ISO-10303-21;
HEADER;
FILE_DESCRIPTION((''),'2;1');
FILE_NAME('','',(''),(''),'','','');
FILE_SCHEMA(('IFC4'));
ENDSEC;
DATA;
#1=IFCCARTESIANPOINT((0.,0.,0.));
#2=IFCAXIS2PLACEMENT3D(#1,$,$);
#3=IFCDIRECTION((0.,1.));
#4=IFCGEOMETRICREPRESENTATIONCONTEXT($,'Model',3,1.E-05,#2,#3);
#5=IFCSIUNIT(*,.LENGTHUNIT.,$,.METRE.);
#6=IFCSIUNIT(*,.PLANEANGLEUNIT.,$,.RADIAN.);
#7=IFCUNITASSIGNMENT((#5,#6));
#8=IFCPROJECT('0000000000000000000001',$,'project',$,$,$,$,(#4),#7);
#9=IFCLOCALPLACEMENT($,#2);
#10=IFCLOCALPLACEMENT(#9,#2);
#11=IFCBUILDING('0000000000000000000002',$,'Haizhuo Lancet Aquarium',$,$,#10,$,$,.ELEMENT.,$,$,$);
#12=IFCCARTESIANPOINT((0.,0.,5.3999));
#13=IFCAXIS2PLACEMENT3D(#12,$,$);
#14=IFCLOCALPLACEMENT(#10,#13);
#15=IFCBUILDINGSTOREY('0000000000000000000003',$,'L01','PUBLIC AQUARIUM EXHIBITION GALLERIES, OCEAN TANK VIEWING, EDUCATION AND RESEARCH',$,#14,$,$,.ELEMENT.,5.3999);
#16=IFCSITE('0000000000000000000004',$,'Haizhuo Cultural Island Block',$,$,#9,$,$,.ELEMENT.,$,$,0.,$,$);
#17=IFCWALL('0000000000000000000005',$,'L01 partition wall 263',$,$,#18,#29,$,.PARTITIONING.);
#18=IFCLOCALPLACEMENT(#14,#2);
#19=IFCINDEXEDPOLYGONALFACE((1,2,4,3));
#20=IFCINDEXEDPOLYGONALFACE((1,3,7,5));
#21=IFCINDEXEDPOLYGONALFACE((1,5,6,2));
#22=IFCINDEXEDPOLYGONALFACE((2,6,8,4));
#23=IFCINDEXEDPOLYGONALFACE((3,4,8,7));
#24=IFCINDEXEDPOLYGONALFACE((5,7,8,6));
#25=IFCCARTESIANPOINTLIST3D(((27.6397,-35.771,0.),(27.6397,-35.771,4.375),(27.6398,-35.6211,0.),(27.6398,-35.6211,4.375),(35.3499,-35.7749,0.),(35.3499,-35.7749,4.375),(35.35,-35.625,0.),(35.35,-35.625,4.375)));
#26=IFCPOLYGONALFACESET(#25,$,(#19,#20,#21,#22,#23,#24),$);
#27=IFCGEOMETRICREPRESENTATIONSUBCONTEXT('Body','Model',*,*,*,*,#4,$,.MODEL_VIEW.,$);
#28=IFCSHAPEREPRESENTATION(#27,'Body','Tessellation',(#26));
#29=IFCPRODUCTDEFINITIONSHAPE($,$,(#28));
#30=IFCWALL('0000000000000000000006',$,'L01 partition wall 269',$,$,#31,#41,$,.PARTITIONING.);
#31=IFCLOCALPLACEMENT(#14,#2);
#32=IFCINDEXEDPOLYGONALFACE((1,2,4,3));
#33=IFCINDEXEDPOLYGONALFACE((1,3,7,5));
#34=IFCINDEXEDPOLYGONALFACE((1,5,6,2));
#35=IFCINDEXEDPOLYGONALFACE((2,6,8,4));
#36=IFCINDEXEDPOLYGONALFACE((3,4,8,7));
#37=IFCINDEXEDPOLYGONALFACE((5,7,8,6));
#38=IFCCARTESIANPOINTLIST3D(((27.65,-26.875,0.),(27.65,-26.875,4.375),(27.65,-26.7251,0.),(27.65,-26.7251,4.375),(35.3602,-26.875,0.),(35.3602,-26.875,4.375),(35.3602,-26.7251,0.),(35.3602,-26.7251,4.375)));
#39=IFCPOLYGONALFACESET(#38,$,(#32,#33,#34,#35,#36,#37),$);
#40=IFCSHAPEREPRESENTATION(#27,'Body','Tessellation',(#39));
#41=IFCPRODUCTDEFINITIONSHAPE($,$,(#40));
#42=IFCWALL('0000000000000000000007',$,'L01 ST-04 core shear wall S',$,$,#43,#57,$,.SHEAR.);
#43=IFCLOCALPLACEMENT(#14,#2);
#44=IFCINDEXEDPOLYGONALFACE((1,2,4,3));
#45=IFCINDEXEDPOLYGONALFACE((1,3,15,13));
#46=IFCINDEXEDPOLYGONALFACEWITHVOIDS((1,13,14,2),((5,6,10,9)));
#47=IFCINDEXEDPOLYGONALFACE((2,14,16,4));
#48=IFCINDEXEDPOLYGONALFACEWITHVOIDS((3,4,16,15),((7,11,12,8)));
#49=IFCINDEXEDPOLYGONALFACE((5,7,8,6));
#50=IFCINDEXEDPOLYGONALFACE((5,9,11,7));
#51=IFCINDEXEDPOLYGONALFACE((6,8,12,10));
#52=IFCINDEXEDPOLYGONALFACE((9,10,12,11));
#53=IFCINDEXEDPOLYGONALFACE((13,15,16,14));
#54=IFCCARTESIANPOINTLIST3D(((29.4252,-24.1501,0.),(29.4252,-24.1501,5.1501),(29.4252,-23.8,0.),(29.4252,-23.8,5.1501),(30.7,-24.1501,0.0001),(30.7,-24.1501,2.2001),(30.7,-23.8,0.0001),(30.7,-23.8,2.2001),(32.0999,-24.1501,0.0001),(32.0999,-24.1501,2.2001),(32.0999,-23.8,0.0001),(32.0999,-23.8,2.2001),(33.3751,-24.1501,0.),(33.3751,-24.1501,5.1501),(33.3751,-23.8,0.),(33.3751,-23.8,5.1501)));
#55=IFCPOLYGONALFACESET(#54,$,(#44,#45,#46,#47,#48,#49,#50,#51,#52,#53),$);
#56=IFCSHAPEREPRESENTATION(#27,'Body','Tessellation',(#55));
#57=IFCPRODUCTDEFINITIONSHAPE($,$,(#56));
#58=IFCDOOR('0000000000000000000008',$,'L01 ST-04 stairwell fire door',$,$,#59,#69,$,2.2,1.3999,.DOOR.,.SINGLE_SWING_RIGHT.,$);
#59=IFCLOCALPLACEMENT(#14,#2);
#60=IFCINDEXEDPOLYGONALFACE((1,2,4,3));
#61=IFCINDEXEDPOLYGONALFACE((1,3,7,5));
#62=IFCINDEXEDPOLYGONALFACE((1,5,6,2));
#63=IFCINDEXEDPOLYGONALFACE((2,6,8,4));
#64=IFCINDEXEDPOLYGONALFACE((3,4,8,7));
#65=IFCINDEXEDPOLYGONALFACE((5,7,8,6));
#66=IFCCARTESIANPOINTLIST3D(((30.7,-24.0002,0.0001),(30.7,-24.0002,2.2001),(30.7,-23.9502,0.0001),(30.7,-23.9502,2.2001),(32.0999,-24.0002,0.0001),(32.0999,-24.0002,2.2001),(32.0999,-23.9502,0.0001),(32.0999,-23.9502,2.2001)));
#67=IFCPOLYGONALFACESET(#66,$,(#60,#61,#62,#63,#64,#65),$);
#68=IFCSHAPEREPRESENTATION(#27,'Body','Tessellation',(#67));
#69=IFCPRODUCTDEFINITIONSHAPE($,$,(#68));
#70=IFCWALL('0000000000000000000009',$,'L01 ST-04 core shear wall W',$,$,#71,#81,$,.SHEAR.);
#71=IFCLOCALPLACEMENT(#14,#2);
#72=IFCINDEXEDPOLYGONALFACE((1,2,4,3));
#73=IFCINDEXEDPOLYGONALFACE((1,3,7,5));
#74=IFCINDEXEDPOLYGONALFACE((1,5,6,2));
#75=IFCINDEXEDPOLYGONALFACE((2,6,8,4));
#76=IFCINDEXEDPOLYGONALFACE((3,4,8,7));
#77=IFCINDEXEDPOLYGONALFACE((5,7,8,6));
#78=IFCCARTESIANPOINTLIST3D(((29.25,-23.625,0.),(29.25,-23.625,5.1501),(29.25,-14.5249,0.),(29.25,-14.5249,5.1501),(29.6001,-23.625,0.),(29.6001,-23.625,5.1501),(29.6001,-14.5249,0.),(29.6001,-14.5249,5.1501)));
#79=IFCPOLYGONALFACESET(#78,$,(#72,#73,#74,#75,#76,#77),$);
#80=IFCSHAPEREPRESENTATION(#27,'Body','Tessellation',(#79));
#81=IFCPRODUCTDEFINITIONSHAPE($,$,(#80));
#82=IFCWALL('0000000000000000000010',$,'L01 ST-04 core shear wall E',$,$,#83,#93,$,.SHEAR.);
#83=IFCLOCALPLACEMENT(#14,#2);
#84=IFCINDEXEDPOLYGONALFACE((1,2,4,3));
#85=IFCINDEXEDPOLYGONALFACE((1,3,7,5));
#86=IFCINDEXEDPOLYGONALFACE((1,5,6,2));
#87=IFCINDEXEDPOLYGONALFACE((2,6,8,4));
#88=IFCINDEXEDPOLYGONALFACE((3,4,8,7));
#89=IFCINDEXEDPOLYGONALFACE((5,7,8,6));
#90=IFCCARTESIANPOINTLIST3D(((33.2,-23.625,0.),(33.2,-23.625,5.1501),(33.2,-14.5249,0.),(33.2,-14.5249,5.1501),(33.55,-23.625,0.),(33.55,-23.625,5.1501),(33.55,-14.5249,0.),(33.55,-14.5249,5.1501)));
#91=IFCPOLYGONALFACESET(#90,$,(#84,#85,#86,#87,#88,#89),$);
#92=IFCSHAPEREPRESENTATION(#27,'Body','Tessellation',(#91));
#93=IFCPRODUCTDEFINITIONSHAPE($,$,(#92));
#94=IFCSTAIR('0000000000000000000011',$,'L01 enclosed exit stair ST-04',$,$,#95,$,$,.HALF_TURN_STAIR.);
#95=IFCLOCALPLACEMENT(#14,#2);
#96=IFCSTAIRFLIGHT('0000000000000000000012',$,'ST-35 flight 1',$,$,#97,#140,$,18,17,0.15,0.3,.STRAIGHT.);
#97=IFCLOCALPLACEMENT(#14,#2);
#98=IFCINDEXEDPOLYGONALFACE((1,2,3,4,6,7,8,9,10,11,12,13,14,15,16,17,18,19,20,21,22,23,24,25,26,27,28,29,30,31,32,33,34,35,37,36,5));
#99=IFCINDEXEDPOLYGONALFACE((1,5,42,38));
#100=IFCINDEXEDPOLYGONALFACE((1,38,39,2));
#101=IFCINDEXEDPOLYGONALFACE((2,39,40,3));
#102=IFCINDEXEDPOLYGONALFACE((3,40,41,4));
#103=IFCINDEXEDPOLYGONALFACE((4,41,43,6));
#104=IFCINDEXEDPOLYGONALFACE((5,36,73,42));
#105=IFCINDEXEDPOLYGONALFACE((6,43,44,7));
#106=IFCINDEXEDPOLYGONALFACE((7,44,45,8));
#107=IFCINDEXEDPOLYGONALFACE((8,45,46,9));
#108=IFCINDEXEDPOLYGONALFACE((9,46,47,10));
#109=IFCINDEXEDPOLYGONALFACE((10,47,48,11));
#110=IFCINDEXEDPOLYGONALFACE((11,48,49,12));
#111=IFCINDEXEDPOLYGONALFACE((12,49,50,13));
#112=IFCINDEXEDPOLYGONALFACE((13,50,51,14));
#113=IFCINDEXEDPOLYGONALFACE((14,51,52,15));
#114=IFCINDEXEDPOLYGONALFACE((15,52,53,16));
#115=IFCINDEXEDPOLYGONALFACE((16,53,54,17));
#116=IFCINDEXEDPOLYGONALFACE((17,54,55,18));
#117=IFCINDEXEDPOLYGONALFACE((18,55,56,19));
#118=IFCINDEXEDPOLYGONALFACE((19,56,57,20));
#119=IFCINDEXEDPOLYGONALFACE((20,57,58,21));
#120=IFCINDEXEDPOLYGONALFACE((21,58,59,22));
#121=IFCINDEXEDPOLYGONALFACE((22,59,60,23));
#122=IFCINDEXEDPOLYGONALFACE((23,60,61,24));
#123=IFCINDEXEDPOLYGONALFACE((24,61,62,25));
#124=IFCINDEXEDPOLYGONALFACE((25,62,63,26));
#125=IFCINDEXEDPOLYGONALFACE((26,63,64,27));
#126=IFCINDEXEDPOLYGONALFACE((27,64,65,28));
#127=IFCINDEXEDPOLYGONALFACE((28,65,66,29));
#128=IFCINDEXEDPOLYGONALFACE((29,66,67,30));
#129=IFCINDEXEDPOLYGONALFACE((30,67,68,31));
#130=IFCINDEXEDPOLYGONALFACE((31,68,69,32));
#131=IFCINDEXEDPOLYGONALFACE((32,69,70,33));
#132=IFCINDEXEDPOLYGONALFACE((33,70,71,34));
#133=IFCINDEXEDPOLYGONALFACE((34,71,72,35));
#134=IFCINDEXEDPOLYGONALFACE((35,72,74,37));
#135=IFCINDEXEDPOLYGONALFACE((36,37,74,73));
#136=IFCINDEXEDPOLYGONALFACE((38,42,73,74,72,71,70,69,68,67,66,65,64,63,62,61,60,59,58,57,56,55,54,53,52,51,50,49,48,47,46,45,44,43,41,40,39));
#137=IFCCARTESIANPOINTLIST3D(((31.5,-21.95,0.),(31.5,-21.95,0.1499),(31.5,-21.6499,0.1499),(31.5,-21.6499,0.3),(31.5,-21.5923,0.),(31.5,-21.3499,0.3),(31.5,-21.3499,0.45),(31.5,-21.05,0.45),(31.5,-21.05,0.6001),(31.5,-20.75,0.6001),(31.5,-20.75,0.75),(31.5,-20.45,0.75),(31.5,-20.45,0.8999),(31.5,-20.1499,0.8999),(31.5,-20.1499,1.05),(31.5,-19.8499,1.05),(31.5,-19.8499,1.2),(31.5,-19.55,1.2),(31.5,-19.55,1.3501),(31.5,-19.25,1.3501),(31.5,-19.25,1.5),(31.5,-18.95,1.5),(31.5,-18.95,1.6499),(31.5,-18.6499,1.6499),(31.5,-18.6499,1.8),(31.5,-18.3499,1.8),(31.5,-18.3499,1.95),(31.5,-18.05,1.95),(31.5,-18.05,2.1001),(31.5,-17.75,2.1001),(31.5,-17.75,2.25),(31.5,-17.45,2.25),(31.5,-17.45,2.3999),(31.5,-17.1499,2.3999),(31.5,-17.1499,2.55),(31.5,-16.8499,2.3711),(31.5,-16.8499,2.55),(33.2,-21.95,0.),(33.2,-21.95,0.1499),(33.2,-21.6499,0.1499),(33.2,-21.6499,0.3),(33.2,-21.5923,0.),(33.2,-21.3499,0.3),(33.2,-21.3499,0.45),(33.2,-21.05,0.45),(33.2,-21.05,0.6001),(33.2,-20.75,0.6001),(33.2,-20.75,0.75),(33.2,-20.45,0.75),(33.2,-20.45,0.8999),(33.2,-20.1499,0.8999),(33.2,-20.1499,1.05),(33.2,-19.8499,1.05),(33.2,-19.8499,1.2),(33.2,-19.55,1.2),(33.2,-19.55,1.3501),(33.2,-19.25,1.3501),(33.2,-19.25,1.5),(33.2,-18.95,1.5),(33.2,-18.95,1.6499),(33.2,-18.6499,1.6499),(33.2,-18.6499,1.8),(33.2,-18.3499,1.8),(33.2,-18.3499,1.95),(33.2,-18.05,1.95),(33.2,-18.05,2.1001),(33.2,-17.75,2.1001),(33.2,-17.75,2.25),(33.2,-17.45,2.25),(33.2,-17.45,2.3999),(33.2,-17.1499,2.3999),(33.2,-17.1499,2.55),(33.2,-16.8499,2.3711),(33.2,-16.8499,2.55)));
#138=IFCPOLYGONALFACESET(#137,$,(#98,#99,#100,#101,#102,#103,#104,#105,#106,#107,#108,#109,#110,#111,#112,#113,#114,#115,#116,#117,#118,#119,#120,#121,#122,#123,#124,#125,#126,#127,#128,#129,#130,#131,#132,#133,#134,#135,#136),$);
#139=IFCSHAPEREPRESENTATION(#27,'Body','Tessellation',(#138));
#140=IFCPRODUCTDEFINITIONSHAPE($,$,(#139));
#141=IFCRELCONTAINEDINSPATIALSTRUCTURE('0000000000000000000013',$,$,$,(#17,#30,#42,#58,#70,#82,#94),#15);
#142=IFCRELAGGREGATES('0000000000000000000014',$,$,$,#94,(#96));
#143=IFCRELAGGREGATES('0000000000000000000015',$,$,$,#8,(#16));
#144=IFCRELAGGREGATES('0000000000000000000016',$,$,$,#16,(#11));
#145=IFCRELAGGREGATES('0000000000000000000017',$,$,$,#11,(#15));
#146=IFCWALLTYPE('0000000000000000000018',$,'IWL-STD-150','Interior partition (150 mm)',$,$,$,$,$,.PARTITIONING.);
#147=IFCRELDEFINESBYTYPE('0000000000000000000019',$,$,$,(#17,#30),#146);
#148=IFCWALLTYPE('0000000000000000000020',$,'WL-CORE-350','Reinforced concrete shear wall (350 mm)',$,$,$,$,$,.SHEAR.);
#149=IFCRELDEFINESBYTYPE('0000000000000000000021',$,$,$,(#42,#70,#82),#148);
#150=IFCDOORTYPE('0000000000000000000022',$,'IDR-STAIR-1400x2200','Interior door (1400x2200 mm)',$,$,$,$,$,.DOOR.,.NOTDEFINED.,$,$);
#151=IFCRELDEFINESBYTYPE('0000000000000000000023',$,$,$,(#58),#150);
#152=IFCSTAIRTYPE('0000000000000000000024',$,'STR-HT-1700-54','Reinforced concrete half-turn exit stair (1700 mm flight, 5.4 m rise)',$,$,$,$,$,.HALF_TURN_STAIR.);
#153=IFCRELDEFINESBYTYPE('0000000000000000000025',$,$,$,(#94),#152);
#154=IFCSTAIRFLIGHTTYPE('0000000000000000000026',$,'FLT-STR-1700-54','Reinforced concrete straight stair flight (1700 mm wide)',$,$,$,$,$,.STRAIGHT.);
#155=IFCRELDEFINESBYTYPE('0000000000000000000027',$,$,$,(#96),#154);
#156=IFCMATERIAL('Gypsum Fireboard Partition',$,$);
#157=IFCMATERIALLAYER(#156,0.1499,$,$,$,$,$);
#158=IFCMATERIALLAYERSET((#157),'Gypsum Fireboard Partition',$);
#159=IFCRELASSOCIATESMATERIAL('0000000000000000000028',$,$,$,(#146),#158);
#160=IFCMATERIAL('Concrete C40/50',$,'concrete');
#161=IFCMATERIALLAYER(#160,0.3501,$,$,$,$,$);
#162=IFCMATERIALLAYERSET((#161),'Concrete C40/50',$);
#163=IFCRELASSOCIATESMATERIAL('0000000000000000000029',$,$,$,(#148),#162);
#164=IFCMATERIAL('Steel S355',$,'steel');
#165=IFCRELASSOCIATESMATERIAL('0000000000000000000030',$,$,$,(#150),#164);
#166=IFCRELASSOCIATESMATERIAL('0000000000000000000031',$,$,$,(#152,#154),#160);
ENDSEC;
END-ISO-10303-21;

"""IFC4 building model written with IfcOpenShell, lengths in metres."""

from ifc_helpers import new_model, si_unit, direction, frame, frame_2d, origin, place, context, subcontext, project, spatial, polyline, rectangle, outline, extrude, material, layer, layer_set, type_object, element, fill, aggregate, save


model = new_model("IFC4")

# Units and contexts
model_context = context("Model", 3, precision=1e-05, world=origin(), true_north=direction((0.0, 1.0)))
body_context = subcontext(model_context, "Body", "Model", "MODEL_VIEW")
ifc_project = project(units=[si_unit("LENGTHUNIT", "METRE"), si_unit("PLANEANGLEUNIT", "RADIAN")], contexts=[model_context])

# Site, building, storey
site_placement = place(None, origin())
site = spatial("IfcSite", under=ifc_project, at=site_placement, Name="Haizhuo Cultural Island Block", CompositionType="ELEMENT", RefElevation=0.0)
building_placement = place(site_placement, origin())
building = spatial("IfcBuilding", under=site, at=building_placement, Name="Haizhuo Lancet Aquarium", CompositionType="ELEMENT")
storey_placement = place(building_placement, frame((0.0, 0.0, 5.3999)))
storey = spatial("IfcBuildingStorey", under=building, at=storey_placement, Name="L01", Description="PUBLIC AQUARIUM EXHIBITION GALLERIES, OCEAN TANK VIEWING, EDUCATION AND RESEARCH", CompositionType="ELEMENT", Elevation=5.3999)

# Shared definitions
ifc_material_1 = material(Name="Concrete C40/50", Category="concrete")

# Shared definitions
ifc_material_2 = material(Name="Steel S355", Category="steel")

# Walls
ifc_material_3 = material(Name="Gypsum Fireboard Partition")
ifc_layer_1 = layer(ifc_material_3, 0.1499)
ifc_layer_set_1 = layer_set([ifc_layer_1], Name="Gypsum Fireboard Partition")
wall_type_1 = type_object("IfcWallType", Name="IWL-STD-150", Description="Interior partition (150 mm)", PredefinedType="PARTITIONING", material=ifc_layer_set_1)
for number, where, z_axis, x_axis, name in (
    (1, (27.6399, -35.696, 0.0), (0.0, 0.0, 1.0), (1.0, -0.000507, 0.0), "L01 partition wall 263"),
    (2, (35.3601, -26.8, 0.0), (0.0, 0.0, 1.0), (-1.0, 0.0, 0.0), "L01 partition wall 269"),
):
    element("IfcWall", number, at=place(storey_placement, frame(where, z_axis=z_axis, x_axis=x_axis)), inside=storey, type_object=wall_type_1, Name=name, PredefinedType="PARTITIONING", context=body_context, shape_type="SweptSolid", body=[
        extrude(rectangle(XDim=7.7102, YDim=0.1499, at=frame_2d((3.855, 0.0))), origin(), (0.0, 0.0, 1.0), 4.375),
    ])

# Wall, opening, door
ifc_layer_2 = layer(ifc_material_1, 0.3501)
ifc_layer_set_2 = layer_set([ifc_layer_2], Name="Concrete C40/50")
wall_type_2 = type_object("IfcWallType", Name="WL-CORE-350", Description="Reinforced concrete shear wall (350 mm)", PredefinedType="SHEAR", material=ifc_layer_set_2)
wall_1_placement = place(storey_placement, frame((29.425, -23.9751, 0.0), z_axis=(0.0, 0.0, 1.0), x_axis=(1.0, 0.0, 0.0)))
wall_1 = element("IfcWall", 3, at=wall_1_placement, inside=storey, type_object=wall_type_2, Name="L01 ST-04 core shear wall S", PredefinedType="SHEAR", context=body_context, shape_type="SweptSolid", body=[
    extrude(rectangle(XDim=3.95, YDim=0.3501, at=frame_2d((1.9751, 0.0))), origin(), (0.0, 0.0, 1.0), 5.1501),
])
opening_1_placement = place(wall_1_placement, frame((1.2749, 0.0, 0.0)))
opening_1 = element("IfcOpeningElement", 4, at=opening_1_placement, cuts=wall_1, PredefinedType="OPENING", context=body_context, shape_type="SweptSolid", body=[
    extrude(rectangle(XDim=1.3999, YDim=2.2, at=frame_2d((0.7, 1.1001))), frame((0.0, 0.1851, 0.0), z_axis=(0.0, -1.0, 0.0), x_axis=(1.0, 0.0, 0.0)), (0.0, 0.0, 1.0), 0.3701),
])
door_type_1 = type_object("IfcDoorType", Name="IDR-STAIR-1400x2200", Description="Interior door (1400x2200 mm)", OperationType="NOTDEFINED", PredefinedType="DOOR", material=ifc_material_2)
door_1_placement = place(opening_1_placement, origin())
door_1 = element("IfcDoor", 5, at=door_1_placement, inside=storey, type_object=door_type_1, Name="L01 ST-04 stairwell fire door", OperationType="SINGLE_SWING_RIGHT", OverallHeight=2.2, OverallWidth=1.3999, PredefinedType="DOOR", context=body_context, shape_type="SweptSolid", body=[
    extrude(rectangle(XDim=1.3999, YDim=2.2, at=frame_2d((0.7, 1.1001))), frame((0.0, 0.0249, 0.0), z_axis=(0.0, -1.0, 0.0), x_axis=(1.0, 0.0, 0.0)), (0.0, 0.0, 1.0), 0.05),
])
fill(opening_1, door_1)

# Walls
for number, where, z_axis, x_axis, name in (
    (6, (29.425, -23.625, 0.0), (0.0, 0.0, 1.0), (0.0, 1.0, 0.0), "L01 ST-04 core shear wall W"),
    (7, (33.375, -23.625, 0.0), (0.0, 0.0, 1.0), (0.0, 1.0, 0.0), "L01 ST-04 core shear wall E"),
):
    element("IfcWall", number, at=place(storey_placement, frame(where, z_axis=z_axis, x_axis=x_axis)), inside=storey, type_object=wall_type_2, Name=name, PredefinedType="SHEAR", context=body_context, shape_type="SweptSolid", body=[
        extrude(rectangle(XDim=9.1001, YDim=0.3501, at=frame_2d((4.55, 0.0))), origin(), (0.0, 0.0, 1.0), 5.1501),
    ])

# Stair, stair flight
stair_type = type_object("IfcStairType", Name="STR-HT-1700-54", Description="Reinforced concrete half-turn exit stair (1700 mm flight, 5.4 m rise)", PredefinedType="HALF_TURN_STAIR", material=ifc_material_1)
stair_placement = place(storey_placement, origin())
stair = element("IfcStair", 8, at=stair_placement, inside=storey, type_object=stair_type, Name="L01 enclosed exit stair ST-04", PredefinedType="HALF_TURN_STAIR")
stair_flight_type = type_object("IfcStairFlightType", Name="FLT-STR-1700-54", Description="Reinforced concrete straight stair flight (1700 mm wide)", PredefinedType="STRAIGHT", material=ifc_material_1)
stair_flight_placement = place(storey_placement, frame((32.3501, -21.95, 0.0), z_axis=(0.0, 0.0, 1.0), x_axis=(0.0, 1.0, 0.0)))
stair_flight = element("IfcStairFlight", 9, at=stair_flight_placement, type_object=stair_flight_type, Name="ST-35 flight 1", NumberOfRisers=18, NumberOfTreads=17, PredefinedType="STRAIGHT", RiserHeight=0.15, TreadLength=0.3, context=body_context, shape_type="SweptSolid", body=[
    extrude(outline(polyline([(0.0, 0.0), (0.0, 0.1499), (0.3, 0.1499), (0.3, 0.3), (0.6001, 0.3), (0.6001, 0.45), (0.8999, 0.45), (0.8999, 0.6001), (1.2, 0.6001), (1.2, 0.75), (1.5, 0.75), (1.5, 0.8999), (1.8, 0.8999), (1.8, 1.05), (2.1001, 1.05), (2.1001, 1.2), (2.3999, 1.2), (2.3999, 1.3501), (2.7, 1.3501), (2.7, 1.5), (3.0, 1.5), (3.0, 1.6499), (3.3, 1.6499), (3.3, 1.8), (3.6001, 1.8), (3.6001, 1.95), (3.8999, 1.95), (3.8999, 2.1001), (4.2, 2.1001), (4.2, 2.25), (4.5, 2.25), (4.5, 2.3999), (4.8, 2.3999), (4.8, 2.55), (5.1001, 2.55), (5.1001, 2.7), (5.1001, 2.3711), (0.3577, 0.0), (0.0, 0.0)])), frame((0.0, 0.8501, 0.0), z_axis=(0.0, -1.0, 0.0), x_axis=(1.0, 0.0, 0.0)), (0.0, 0.0, 1.0), 1.7),
])
aggregate(stair, [stair_flight])

save(model, "model.ifc")
